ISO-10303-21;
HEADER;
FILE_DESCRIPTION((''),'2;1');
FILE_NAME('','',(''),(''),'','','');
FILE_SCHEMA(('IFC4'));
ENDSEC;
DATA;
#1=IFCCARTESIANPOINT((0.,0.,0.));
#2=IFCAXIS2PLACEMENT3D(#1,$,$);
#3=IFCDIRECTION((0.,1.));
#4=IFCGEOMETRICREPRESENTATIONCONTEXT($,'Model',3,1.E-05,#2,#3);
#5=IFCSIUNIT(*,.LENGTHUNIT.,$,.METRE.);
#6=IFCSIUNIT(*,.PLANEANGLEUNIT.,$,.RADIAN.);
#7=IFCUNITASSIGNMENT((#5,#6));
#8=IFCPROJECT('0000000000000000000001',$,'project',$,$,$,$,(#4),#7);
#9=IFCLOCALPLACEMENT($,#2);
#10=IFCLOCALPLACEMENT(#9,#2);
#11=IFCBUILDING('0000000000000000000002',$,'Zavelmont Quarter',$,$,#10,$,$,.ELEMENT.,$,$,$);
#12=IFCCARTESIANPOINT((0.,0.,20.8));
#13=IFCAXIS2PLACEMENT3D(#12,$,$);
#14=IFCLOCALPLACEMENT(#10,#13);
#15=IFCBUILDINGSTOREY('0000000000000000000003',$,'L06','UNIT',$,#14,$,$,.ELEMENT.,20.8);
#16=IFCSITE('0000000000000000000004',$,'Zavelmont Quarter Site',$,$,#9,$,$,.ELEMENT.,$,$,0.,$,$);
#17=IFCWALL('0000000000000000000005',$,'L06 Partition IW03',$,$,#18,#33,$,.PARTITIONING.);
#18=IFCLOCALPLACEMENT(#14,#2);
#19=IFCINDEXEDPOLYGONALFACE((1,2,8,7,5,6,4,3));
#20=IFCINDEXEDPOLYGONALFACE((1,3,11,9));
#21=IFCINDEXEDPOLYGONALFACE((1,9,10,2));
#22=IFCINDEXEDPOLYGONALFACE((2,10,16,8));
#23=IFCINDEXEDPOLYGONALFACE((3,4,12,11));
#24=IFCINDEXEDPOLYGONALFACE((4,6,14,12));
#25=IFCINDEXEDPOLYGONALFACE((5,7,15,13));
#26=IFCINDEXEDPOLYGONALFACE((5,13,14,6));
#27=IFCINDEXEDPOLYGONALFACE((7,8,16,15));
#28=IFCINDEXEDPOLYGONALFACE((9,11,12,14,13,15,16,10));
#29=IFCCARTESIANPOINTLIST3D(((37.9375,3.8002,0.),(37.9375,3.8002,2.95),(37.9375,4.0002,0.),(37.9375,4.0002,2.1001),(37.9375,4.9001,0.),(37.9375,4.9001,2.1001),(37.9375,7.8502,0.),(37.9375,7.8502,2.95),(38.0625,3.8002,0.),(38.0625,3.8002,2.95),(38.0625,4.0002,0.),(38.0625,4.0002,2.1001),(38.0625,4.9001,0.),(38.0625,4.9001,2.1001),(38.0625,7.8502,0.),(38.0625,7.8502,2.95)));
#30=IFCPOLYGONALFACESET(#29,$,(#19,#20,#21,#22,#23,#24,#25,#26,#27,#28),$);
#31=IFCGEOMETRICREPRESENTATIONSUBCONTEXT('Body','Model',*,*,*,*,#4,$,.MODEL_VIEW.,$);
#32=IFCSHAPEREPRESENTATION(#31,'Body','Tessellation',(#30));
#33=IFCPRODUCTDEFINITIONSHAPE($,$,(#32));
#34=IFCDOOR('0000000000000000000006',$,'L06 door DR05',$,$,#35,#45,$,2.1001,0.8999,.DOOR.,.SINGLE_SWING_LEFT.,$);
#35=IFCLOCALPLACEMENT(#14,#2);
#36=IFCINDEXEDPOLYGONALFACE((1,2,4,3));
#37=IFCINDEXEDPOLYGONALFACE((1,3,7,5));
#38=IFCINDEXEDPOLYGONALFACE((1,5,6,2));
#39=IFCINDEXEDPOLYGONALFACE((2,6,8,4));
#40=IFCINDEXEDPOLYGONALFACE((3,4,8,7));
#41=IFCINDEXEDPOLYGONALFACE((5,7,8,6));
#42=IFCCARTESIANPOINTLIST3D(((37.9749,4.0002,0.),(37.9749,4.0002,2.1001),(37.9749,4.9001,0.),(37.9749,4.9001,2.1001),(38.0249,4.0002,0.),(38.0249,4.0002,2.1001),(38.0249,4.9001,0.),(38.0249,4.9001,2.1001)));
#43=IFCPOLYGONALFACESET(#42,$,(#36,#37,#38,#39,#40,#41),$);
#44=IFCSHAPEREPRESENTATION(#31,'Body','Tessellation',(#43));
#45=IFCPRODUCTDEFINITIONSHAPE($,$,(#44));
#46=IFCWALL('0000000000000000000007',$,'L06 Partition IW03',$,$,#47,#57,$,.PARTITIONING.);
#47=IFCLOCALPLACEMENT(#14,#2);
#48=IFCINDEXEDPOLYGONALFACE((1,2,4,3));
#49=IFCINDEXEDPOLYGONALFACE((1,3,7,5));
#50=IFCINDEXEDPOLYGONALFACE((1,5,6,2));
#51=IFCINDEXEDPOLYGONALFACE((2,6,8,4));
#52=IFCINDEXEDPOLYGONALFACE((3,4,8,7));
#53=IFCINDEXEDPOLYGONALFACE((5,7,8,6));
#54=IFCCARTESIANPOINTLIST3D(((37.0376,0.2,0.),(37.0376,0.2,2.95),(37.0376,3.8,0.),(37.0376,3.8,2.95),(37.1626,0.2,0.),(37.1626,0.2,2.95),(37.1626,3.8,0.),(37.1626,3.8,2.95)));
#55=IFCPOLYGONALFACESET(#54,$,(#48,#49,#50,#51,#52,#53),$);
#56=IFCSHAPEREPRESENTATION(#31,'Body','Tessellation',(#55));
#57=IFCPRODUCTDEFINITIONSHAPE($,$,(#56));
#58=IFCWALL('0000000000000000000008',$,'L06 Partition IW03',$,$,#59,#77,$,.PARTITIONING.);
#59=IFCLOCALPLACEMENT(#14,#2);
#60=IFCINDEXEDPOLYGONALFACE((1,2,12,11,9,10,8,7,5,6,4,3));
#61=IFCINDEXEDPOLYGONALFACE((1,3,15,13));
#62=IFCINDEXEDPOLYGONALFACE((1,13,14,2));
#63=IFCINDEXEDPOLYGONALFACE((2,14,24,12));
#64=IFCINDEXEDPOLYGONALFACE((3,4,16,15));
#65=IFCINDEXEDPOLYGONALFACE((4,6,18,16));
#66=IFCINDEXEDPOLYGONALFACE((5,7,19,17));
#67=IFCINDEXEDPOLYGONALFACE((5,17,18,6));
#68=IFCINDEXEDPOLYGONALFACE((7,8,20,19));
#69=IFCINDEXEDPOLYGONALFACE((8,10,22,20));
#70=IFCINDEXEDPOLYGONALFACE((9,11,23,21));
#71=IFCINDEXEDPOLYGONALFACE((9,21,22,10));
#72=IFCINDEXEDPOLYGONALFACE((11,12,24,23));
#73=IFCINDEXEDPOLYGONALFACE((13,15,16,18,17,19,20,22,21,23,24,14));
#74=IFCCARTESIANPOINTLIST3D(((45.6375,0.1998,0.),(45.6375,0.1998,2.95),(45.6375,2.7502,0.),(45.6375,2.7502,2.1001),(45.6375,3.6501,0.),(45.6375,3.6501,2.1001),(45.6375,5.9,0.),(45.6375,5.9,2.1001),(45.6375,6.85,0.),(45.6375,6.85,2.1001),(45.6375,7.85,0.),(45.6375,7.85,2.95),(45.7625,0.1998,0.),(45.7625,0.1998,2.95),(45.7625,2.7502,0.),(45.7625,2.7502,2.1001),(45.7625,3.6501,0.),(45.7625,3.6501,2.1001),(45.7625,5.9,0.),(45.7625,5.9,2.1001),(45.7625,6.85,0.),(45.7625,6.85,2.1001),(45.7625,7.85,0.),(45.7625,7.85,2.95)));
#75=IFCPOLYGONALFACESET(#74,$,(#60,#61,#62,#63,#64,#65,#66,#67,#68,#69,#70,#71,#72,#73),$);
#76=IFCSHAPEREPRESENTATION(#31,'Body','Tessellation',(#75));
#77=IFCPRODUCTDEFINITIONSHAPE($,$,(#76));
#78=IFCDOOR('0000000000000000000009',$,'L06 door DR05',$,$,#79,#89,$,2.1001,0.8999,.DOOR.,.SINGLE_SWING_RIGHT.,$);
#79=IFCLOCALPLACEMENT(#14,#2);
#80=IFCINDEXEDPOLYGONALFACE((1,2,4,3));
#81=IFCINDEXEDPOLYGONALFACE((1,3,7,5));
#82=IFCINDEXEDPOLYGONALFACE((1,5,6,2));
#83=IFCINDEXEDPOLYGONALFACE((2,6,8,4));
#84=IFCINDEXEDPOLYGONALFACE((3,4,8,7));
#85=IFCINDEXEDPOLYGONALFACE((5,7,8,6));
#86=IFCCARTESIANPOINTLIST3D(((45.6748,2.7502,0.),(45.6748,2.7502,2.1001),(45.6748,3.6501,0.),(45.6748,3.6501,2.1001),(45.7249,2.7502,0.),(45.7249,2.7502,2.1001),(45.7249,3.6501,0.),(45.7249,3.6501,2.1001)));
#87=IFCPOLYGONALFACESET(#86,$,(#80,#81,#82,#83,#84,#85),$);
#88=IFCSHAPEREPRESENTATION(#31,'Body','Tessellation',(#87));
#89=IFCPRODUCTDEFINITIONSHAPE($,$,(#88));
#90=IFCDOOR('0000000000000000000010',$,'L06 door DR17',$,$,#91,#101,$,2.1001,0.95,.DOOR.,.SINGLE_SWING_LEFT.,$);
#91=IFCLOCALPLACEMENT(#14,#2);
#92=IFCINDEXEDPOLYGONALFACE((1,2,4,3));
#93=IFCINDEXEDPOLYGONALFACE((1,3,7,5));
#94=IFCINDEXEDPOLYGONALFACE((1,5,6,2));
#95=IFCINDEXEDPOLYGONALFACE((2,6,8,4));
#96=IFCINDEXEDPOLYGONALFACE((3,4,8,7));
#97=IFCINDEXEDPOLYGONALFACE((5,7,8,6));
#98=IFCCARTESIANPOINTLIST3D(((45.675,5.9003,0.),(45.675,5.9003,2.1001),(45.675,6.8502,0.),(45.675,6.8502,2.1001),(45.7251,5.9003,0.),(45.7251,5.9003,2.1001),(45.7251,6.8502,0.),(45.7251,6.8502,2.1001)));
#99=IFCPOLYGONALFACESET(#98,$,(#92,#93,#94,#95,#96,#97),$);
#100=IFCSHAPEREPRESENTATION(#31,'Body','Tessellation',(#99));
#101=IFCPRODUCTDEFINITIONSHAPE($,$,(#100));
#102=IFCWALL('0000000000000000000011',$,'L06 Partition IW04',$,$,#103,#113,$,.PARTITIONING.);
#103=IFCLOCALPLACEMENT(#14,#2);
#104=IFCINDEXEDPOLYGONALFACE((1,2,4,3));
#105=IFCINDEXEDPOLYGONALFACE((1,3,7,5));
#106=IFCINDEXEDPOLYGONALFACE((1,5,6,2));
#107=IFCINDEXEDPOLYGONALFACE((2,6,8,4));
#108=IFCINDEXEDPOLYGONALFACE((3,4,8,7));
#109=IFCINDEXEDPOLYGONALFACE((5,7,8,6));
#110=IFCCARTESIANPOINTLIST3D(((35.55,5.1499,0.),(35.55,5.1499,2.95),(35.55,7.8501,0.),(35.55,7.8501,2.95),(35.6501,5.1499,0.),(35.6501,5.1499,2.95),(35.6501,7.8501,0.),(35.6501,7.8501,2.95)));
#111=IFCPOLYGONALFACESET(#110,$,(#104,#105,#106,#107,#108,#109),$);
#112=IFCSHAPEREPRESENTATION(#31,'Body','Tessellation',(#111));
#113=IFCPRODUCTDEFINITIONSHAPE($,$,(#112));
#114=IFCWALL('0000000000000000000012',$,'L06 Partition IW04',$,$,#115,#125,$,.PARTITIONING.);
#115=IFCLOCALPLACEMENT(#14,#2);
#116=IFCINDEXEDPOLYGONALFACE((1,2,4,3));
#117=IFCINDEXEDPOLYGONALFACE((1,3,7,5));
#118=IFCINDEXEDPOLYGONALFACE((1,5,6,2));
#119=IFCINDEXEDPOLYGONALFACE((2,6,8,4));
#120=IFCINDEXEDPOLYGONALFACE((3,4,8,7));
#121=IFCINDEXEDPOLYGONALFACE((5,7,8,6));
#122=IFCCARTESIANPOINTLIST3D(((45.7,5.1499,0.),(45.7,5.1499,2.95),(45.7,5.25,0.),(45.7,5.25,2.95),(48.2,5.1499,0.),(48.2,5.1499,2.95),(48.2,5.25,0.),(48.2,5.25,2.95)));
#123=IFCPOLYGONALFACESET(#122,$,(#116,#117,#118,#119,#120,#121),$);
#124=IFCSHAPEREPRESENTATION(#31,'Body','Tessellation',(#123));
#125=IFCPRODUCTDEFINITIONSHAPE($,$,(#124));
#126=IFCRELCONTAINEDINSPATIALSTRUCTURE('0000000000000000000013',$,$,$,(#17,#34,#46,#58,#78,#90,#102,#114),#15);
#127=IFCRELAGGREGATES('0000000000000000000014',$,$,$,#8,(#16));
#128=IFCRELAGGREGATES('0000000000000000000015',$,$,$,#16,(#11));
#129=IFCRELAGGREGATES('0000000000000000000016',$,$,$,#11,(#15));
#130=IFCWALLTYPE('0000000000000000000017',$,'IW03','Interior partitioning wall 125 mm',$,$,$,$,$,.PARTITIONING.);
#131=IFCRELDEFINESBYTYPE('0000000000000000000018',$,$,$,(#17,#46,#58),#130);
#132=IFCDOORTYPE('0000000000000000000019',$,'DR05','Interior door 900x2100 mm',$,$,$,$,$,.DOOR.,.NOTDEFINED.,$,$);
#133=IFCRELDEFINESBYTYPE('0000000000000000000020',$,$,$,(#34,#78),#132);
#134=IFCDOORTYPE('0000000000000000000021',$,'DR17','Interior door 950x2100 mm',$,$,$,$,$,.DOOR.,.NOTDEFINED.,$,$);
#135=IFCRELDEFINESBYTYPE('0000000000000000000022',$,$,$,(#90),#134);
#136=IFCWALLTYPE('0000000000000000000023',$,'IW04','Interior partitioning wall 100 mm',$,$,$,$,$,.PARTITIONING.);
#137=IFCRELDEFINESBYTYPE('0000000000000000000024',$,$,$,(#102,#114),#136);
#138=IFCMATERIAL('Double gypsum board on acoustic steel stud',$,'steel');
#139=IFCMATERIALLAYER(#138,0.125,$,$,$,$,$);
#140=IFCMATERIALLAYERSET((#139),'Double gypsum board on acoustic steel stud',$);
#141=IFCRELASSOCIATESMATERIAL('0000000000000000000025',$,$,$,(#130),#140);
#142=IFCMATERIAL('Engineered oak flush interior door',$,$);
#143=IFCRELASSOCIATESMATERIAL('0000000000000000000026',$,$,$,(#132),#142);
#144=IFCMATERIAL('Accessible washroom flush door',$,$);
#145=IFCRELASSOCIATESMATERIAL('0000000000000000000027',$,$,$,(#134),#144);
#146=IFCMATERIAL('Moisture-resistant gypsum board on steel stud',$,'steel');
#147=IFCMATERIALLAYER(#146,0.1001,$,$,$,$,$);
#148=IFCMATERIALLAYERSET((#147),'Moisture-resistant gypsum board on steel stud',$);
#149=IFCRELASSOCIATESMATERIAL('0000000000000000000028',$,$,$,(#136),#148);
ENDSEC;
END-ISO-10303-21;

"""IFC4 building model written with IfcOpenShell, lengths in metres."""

from ifc_helpers import new_model, si_unit, direction, frame, frame_2d, origin, origin_with_axes, place, context, subcontext, project, spatial, rectangle, extrude, material, layer, layer_set, type_object, element, fill, save


model = new_model("IFC4")

# Units and contexts
model_context = context("Model", 3, precision=1e-05, world=origin(), true_north=direction((0.0, 1.0)))
body_context = subcontext(model_context, "Body", "Model", "MODEL_VIEW")
ifc_project = project(units=[si_unit("LENGTHUNIT", "METRE"), si_unit("PLANEANGLEUNIT", "RADIAN")], contexts=[model_context])

# Site, building, storey
site_placement = place(None, origin())
site = spatial("IfcSite", under=ifc_project, at=site_placement, Name="Zavelmont Quarter Site", CompositionType="ELEMENT", RefElevation=0.0)
building_placement = place(site_placement, origin())
building = spatial("IfcBuilding", under=site, at=building_placement, Name="Zavelmont Quarter", CompositionType="ELEMENT")
storey_placement = place(building_placement, frame((0.0, 0.0, 20.8)))
storey = spatial("IfcBuildingStorey", under=building, at=storey_placement, Name="L06", Description="UNIT", CompositionType="ELEMENT", Elevation=20.8)

# Wall, opening, door
ifc_material_1 = material(Name="Double gypsum board on acoustic steel stud", Category="steel")
ifc_layer_1 = layer(ifc_material_1, 0.125)
ifc_layer_set_1 = layer_set([ifc_layer_1], Name="Double gypsum board on acoustic steel stud")
wall_type_1 = type_object("IfcWallType", Name="IW03", Description="Interior partitioning wall 125 mm", PredefinedType="PARTITIONING", material=ifc_layer_set_1)
wall_1_placement = place(storey_placement, frame((38.0, 7.8501, 0.0), z_axis=(0.0, 0.0, 1.0), x_axis=(0.0, -1.0, 0.0)))
wall_1 = element("IfcWall", 1, at=wall_1_placement, inside=storey, type_object=wall_type_1, Name="L06 Partition IW03", PredefinedType="PARTITIONING", context=body_context, shape_type="SweptSolid", body=[
    extrude(rectangle(XDim=4.05, YDim=0.125, at=frame_2d((2.0249, 0.0))), origin(), (0.0, 0.0, 1.0), 2.95),
])
opening_1_placement = place(wall_1_placement, frame((2.95, 0.0, 0.0)))
opening_1 = element("IfcOpeningElement", 2, at=opening_1_placement, cuts=wall_1, PredefinedType="OPENING", context=body_context, shape_type="SweptSolid", body=[
    extrude(rectangle(XDim=0.8999, YDim=2.1001, at=frame_2d((0.45, 1.05))), frame((0.0, 0.0745, 0.0), z_axis=(0.0, -1.0, 0.0), x_axis=(1.0, 0.0, 0.0)), (0.0, 0.0, 1.0), 0.1489),
])
ifc_material_2 = material(Name="Engineered oak flush interior door")
door_type_1 = type_object("IfcDoorType", Name="DR05", Description="Interior door 900x2100 mm", OperationType="NOTDEFINED", PredefinedType="DOOR", material=ifc_material_2)
door_1_placement = place(opening_1_placement, origin_with_axes())
door_1 = element("IfcDoor", 3, at=door_1_placement, inside=storey, type_object=door_type_1, Name="L06 door DR05", OperationType="SINGLE_SWING_LEFT", OverallHeight=2.1001, OverallWidth=0.8999, PredefinedType="DOOR", context=body_context, shape_type="SweptSolid", body=[
    extrude(rectangle(XDim=0.8999, YDim=2.1001, at=frame_2d((0.45, 1.05))), frame((0.0, 0.0249, 0.0), z_axis=(0.0, -1.0, 0.0), x_axis=(1.0, 0.0, 0.0)), (0.0, 0.0, 1.0), 0.05),
])
fill(opening_1, door_1)

# Wall
wall_2_placement = place(storey_placement, frame((37.1001, 3.8, 0.0), z_axis=(0.0, 0.0, 1.0), x_axis=(0.0, -1.0, 0.0)))
element("IfcWall", 4, at=wall_2_placement, inside=storey, type_object=wall_type_1, Name="L06 Partition IW03", PredefinedType="PARTITIONING", context=body_context, shape_type="SweptSolid", body=[
    extrude(rectangle(XDim=3.6001, YDim=0.125, at=frame_2d((1.8, 0.0))), origin(), (0.0, 0.0, 1.0), 2.95),
])

# Wall, openings, doors
wall_3_placement = place(storey_placement, frame((45.7, 7.8501, 0.0), z_axis=(0.0, 0.0, 1.0), x_axis=(0.0, -1.0, 0.0)))
wall_3 = element("IfcWall", 5, at=wall_3_placement, inside=storey, type_object=wall_type_1, Name="L06 Partition IW03", PredefinedType="PARTITIONING", context=body_context, shape_type="SweptSolid", body=[
    extrude(rectangle(XDim=7.6501, YDim=0.125, at=frame_2d((3.8252, 0.0))), origin(), (0.0, 0.0, 1.0), 2.95),
])
opening_2_placement = place(wall_3_placement, frame((1.0, 0.0, 0.0)))
opening_2 = element("IfcOpeningElement", 6, at=opening_2_placement, cuts=wall_3, PredefinedType="OPENING", context=body_context, shape_type="SweptSolid", body=[
    extrude(rectangle(XDim=0.95, YDim=2.1001, at=frame_2d((0.4751, 1.05))), frame((0.0, 0.0745, 0.0), z_axis=(0.0, -1.0, 0.0), x_axis=(1.0, 0.0, 0.0)), (0.0, 0.0, 1.0), 0.1489),
])
opening_3_placement = place(wall_3_placement, frame((4.2, 0.0, 0.0)))
opening_3 = element("IfcOpeningElement", 7, at=opening_3_placement, cuts=wall_3, PredefinedType="OPENING", context=body_context, shape_type="SweptSolid", body=[
    extrude(rectangle(XDim=0.8999, YDim=2.1001, at=frame_2d((0.45, 1.05))), frame((0.0, 0.0745, 0.0), z_axis=(0.0, -1.0, 0.0), x_axis=(1.0, 0.0, 0.0)), (0.0, 0.0, 1.0), 0.1489),
])
door_2_placement = place(opening_3_placement, origin_with_axes())
door_2 = element("IfcDoor", 8, at=door_2_placement, inside=storey, type_object=door_type_1, Name="L06 door DR05", OperationType="SINGLE_SWING_RIGHT", OverallHeight=2.1001, OverallWidth=0.8999, PredefinedType="DOOR", context=body_context, shape_type="SweptSolid", body=[
    extrude(rectangle(XDim=0.8999, YDim=2.1001, at=frame_2d((0.45, 1.05))), frame((0.0, 0.0249, 0.0), z_axis=(0.0, -1.0, 0.0), x_axis=(1.0, 0.0, 0.0)), (0.0, 0.0, 1.0), 0.05),
])
fill(opening_3, door_2)
ifc_material_3 = material(Name="Accessible washroom flush door")
door_type_2 = type_object("IfcDoorType", Name="DR17", Description="Interior door 950x2100 mm", OperationType="NOTDEFINED", PredefinedType="DOOR", material=ifc_material_3)
door_3_placement = place(opening_2_placement, frame((0.95, 0.0, 0.0), z_axis=(0.0, 0.0, 1.0), x_axis=(-1.0, 0.0, 0.0)))
door_3 = element("IfcDoor", 9, at=door_3_placement, inside=storey, type_object=door_type_2, Name="L06 door DR17", OperationType="SINGLE_SWING_LEFT", OverallHeight=2.1001, OverallWidth=0.95, PredefinedType="DOOR", context=body_context, shape_type="SweptSolid", body=[
    extrude(rectangle(XDim=0.95, YDim=2.1001, at=frame_2d((0.4751, 1.05))), frame((0.0, 0.0249, 0.0), z_axis=(0.0, -1.0, 0.0), x_axis=(1.0, 0.0, 0.0)), (0.0, 0.0, 1.0), 0.05),
])
fill(opening_2, door_3)

# Walls
ifc_material_4 = material(Name="Moisture-resistant gypsum board on steel stud", Category="steel")
ifc_layer_2 = layer(ifc_material_4, 0.1001)
ifc_layer_set_2 = layer_set([ifc_layer_2], Name="Moisture-resistant gypsum board on steel stud")
wall_type_2 = type_object("IfcWallType", Name="IW04", Description="Interior partitioning wall 100 mm", PredefinedType="PARTITIONING", material=ifc_layer_set_2)
wall_4_placement = place(storey_placement, frame((35.6001, 7.8501, 0.0), z_axis=(0.0, 0.0, 1.0), x_axis=(0.0, -1.0, 0.0)))
element("IfcWall", 10, at=wall_4_placement, inside=storey, type_object=wall_type_2, Name="L06 Partition IW04", PredefinedType="PARTITIONING", context=body_context, shape_type="SweptSolid", body=[
    extrude(rectangle(XDim=2.7002, YDim=0.1001, at=frame_2d((1.3501, 0.0))), origin(), (0.0, 0.0, 1.0), 2.95),
])
wall_5_placement = place(storey_placement, frame((45.7, 5.2, 0.0), z_axis=(0.0, 0.0, 1.0), x_axis=(1.0, 0.0, 0.0)))
element("IfcWall", 11, at=wall_5_placement, inside=storey, type_object=wall_type_2, Name="L06 Partition IW04", PredefinedType="PARTITIONING", context=body_context, shape_type="SweptSolid", body=[
    extrude(rectangle(XDim=2.5, YDim=0.1001, at=frame_2d((1.25, 0.0))), origin(), (0.0, 0.0, 1.0), 2.95),
])

save(model, "model.ifc")
